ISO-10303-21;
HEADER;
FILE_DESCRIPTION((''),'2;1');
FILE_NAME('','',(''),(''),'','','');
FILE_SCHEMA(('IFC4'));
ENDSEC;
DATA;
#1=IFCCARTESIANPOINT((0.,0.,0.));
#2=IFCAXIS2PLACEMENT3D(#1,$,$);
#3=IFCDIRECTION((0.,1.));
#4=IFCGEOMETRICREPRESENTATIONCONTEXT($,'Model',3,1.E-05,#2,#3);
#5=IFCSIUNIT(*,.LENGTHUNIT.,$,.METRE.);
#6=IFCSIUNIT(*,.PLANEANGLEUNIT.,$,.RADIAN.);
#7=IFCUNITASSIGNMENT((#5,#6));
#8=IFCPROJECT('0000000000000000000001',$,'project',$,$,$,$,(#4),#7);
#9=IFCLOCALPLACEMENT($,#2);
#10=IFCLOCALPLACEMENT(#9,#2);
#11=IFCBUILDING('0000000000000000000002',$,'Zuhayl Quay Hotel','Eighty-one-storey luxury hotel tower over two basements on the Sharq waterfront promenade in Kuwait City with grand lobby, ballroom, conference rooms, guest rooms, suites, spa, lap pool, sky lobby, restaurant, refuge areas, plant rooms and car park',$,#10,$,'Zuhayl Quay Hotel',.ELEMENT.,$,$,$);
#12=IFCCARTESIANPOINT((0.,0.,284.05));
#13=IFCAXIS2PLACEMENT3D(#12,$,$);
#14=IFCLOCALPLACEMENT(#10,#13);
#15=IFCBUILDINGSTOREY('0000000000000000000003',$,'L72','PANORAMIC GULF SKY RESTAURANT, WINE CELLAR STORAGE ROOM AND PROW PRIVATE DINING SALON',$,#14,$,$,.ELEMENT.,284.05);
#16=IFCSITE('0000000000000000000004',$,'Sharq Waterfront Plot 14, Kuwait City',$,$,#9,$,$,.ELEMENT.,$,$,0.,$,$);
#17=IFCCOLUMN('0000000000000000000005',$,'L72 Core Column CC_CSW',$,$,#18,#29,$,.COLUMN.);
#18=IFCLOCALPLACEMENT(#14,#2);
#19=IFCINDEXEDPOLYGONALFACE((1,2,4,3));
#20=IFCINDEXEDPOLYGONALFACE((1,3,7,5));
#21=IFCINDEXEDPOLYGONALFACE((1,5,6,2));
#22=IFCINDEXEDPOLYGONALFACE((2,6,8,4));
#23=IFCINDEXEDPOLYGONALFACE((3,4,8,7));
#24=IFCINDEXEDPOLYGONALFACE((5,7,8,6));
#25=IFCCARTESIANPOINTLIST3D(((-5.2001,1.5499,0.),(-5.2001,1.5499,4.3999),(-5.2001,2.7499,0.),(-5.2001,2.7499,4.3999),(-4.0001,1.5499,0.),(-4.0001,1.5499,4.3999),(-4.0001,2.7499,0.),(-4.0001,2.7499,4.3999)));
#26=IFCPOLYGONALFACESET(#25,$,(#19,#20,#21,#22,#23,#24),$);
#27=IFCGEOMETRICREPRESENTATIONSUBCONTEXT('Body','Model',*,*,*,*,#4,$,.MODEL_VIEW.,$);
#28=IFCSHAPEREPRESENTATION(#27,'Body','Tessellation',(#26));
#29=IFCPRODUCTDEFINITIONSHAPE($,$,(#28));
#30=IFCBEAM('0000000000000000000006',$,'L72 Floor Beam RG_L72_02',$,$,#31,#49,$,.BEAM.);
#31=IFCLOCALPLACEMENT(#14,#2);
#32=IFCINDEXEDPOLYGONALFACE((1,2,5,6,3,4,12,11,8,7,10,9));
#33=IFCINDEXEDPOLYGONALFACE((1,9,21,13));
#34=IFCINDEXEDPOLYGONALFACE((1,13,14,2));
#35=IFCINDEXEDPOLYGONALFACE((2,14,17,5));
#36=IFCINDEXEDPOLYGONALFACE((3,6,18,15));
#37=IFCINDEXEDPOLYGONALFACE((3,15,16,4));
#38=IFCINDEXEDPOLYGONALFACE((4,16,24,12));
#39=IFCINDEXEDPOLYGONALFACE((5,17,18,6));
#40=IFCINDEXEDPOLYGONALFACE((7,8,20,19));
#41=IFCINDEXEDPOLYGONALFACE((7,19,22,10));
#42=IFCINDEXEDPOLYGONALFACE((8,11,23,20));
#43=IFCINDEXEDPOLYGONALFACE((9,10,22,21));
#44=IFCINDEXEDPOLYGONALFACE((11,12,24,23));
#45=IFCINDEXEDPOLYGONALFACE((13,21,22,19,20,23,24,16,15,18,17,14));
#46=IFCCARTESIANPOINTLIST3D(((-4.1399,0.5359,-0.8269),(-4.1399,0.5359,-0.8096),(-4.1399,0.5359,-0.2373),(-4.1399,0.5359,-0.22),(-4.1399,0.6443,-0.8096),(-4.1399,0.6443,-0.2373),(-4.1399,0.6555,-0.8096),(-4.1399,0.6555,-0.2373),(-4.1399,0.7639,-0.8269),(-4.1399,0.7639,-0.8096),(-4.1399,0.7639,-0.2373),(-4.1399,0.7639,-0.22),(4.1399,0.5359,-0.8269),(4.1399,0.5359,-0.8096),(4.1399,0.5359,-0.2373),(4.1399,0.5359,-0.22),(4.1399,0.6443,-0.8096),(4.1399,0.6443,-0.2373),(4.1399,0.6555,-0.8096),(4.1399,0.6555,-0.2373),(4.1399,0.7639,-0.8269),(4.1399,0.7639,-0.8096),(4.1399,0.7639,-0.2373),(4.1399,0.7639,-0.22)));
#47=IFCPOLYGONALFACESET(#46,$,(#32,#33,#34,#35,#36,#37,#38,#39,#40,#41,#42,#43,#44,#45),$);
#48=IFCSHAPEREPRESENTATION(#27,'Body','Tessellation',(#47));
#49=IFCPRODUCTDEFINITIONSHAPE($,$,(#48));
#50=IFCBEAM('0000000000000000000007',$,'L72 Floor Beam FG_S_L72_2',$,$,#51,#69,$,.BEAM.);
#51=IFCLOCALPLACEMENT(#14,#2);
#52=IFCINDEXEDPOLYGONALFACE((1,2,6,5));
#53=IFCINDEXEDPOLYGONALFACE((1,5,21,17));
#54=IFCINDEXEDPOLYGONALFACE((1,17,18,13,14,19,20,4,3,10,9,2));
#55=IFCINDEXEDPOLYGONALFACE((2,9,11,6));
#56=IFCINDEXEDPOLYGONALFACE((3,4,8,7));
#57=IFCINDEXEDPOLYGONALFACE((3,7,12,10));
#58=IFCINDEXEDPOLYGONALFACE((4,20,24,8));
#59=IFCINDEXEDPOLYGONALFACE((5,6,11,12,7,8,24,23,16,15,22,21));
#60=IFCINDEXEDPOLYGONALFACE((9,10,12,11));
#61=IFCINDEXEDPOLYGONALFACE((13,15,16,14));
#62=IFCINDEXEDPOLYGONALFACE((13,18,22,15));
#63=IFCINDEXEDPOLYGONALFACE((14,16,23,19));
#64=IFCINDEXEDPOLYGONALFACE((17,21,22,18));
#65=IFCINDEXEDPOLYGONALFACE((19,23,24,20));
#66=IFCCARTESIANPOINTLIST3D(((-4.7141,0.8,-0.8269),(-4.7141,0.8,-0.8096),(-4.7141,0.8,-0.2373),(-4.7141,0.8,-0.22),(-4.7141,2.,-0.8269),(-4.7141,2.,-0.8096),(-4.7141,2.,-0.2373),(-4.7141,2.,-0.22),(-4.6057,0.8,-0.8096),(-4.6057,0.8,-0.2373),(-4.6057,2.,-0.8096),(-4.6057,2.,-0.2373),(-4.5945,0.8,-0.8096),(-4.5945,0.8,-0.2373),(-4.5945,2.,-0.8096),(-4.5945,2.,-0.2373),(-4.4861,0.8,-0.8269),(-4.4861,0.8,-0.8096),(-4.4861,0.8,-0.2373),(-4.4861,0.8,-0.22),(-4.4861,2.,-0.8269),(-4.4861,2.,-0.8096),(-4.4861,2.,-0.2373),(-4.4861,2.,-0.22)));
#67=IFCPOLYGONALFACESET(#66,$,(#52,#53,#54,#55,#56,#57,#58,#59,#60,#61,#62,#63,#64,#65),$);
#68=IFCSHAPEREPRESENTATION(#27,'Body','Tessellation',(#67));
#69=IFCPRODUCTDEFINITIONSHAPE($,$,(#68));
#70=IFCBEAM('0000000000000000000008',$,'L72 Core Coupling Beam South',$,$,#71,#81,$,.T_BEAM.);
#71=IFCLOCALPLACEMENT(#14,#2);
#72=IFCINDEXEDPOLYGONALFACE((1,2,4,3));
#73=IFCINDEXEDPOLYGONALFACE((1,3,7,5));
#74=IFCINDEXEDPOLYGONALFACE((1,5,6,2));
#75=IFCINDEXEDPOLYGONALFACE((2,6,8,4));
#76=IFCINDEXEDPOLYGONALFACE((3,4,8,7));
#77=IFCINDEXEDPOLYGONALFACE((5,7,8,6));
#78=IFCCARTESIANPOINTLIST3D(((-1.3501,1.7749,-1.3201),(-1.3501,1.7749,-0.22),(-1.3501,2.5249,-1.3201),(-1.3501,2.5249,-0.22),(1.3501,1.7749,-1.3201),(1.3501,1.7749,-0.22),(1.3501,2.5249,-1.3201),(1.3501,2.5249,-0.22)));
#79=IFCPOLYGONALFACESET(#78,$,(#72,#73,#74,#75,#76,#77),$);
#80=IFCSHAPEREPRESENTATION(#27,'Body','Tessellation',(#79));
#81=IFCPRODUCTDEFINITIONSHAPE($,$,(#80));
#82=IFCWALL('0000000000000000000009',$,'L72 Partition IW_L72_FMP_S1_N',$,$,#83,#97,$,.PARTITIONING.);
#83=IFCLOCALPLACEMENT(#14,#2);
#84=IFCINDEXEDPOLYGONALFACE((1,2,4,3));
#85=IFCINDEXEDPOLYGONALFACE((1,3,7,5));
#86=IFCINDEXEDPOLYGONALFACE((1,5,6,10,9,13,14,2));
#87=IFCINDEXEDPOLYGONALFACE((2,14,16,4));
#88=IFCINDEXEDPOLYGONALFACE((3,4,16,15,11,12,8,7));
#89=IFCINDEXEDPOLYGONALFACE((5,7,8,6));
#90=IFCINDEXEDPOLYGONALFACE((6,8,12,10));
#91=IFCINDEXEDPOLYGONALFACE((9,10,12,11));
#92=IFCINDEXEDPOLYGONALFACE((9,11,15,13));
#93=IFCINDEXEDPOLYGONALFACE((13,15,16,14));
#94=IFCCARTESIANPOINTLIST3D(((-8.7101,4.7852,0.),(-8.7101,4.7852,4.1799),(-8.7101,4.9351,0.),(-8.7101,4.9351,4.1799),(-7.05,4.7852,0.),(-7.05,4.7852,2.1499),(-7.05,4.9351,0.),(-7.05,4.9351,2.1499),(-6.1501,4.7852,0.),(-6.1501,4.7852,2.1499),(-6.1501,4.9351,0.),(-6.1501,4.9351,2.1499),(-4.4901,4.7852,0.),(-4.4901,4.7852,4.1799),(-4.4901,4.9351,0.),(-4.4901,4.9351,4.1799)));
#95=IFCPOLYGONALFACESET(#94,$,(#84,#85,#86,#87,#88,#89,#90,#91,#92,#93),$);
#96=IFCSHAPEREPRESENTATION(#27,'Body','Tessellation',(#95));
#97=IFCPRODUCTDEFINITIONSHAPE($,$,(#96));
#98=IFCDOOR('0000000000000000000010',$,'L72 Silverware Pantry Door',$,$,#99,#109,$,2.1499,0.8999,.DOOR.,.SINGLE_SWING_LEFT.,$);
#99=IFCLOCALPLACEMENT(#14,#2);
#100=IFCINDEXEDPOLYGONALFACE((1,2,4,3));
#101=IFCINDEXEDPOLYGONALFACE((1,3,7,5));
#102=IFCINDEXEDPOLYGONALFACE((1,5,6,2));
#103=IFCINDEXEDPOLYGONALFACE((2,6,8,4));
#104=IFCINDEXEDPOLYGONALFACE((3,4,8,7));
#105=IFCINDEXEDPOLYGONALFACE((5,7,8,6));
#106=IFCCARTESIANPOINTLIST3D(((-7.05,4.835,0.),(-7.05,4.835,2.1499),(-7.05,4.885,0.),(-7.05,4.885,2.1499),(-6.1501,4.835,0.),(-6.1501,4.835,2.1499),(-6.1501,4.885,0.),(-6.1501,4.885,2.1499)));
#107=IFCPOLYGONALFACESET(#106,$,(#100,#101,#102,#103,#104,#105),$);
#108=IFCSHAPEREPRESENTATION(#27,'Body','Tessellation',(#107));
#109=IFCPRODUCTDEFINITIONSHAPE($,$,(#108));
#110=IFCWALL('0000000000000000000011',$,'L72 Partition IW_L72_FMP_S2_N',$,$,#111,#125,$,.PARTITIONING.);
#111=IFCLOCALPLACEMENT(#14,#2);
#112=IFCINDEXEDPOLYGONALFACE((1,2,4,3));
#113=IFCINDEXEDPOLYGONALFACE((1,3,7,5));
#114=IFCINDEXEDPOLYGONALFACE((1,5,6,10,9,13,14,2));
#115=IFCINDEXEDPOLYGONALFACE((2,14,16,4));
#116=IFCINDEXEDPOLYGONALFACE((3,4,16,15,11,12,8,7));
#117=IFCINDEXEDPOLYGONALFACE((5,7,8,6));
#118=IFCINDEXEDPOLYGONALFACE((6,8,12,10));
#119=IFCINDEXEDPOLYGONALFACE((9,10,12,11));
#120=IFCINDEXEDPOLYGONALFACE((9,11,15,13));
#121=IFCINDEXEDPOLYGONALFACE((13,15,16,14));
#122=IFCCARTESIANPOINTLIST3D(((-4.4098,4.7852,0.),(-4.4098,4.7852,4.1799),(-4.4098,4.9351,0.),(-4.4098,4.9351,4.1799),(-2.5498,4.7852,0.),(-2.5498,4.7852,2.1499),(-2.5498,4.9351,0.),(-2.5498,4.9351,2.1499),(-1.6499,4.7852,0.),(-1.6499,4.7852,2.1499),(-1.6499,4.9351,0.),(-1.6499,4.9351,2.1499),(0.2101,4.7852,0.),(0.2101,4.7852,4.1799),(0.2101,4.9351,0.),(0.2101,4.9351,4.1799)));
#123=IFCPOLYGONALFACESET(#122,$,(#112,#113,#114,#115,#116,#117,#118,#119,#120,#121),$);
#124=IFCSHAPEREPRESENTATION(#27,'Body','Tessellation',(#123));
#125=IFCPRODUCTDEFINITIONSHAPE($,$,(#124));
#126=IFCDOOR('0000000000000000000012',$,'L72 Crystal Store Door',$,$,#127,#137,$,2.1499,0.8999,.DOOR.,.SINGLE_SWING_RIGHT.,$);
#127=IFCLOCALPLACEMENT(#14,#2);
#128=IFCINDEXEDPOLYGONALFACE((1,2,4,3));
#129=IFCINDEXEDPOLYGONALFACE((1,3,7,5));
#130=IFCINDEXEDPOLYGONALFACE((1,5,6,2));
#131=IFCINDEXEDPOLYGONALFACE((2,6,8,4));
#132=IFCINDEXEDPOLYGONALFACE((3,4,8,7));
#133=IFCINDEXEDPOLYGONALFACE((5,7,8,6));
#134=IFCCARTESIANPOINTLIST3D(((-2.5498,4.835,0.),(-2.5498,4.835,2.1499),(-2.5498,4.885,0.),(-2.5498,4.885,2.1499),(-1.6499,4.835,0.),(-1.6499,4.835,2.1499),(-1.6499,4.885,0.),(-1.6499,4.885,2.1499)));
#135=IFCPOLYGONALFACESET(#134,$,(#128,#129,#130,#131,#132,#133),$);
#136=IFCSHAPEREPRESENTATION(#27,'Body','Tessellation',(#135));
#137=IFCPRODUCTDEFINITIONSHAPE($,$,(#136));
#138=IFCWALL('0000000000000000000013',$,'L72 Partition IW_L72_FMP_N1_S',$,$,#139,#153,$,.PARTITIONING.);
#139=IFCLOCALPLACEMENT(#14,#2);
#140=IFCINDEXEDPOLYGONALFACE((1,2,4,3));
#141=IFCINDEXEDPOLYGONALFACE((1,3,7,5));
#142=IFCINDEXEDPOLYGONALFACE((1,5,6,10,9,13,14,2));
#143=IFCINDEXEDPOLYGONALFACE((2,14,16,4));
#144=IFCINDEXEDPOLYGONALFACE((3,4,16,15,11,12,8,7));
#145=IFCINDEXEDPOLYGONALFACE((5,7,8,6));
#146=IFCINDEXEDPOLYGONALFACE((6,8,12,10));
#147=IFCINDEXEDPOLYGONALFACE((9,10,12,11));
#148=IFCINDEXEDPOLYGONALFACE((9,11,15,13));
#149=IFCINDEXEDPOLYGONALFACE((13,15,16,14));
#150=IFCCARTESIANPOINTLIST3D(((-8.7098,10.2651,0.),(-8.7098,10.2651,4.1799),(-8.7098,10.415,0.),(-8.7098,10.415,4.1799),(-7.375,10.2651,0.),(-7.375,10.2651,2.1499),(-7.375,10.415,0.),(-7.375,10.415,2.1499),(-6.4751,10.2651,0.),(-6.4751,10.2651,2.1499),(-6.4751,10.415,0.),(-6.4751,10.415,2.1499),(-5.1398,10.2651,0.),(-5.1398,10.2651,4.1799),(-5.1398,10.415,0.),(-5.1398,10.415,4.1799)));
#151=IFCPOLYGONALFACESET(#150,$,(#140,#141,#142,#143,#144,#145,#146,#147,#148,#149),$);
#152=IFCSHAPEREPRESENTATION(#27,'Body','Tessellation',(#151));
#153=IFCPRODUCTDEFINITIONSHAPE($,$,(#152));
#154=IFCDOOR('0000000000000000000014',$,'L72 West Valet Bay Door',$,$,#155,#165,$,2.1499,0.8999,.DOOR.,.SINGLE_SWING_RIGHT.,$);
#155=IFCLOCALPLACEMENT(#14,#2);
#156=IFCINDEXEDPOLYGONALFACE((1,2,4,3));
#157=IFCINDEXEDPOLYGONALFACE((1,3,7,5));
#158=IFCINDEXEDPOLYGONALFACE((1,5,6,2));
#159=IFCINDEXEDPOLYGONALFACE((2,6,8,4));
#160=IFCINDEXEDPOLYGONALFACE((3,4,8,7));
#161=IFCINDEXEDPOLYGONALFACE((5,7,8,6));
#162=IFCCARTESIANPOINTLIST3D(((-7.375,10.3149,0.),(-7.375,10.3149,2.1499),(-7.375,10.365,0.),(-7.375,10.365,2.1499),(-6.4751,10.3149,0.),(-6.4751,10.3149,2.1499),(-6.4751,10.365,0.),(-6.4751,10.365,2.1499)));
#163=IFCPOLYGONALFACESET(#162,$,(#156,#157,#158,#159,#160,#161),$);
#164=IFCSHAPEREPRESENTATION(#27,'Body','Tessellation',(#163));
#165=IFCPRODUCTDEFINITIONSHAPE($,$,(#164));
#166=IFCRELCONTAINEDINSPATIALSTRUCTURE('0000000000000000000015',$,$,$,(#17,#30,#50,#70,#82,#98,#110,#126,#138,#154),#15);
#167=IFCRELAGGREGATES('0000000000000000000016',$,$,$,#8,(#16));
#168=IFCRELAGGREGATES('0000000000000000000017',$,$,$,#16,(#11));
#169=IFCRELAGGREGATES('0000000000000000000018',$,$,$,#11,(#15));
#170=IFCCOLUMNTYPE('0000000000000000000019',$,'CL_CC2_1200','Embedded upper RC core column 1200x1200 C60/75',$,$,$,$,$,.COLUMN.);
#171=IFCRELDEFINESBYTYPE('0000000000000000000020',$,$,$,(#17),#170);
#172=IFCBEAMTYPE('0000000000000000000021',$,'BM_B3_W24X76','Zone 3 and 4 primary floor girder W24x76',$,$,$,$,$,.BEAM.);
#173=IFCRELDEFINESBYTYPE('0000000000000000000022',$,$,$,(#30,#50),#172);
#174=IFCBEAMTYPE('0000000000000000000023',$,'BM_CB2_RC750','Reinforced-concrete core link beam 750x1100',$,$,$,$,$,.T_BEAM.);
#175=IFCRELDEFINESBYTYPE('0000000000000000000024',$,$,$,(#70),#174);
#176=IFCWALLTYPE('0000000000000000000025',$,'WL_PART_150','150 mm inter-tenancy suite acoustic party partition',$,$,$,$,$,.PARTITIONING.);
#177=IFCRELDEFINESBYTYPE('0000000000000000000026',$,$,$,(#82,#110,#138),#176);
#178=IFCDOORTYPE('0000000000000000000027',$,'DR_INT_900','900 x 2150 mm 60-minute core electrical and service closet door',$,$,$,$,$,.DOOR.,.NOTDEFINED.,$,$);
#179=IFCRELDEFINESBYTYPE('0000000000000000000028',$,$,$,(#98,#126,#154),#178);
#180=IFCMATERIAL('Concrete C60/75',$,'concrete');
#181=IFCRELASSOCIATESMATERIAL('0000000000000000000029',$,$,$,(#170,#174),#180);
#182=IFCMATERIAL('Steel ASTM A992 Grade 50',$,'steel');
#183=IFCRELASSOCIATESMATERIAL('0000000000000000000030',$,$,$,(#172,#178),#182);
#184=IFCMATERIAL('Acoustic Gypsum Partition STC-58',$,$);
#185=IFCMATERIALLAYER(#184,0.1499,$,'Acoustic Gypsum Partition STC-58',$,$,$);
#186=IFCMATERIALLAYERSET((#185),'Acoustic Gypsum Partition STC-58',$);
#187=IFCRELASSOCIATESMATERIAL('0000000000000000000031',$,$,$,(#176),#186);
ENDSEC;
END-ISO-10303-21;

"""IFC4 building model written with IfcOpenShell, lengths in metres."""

from ifc_helpers import new_model, si_unit, direction, frame, frame_2d, origin, origin_2d, place, context, subcontext, project, spatial, rectangle, i_section, extrude, material, layer, layer_set, material_profile, profile_set, type_object, element, fill, save


model = new_model("IFC4")

# Units and contexts
model_context = context("Model", 3, precision=1e-05, world=origin(), true_north=direction((0.0, 1.0)))
body_context = subcontext(model_context, "Body", "Model", "MODEL_VIEW")
ifc_project = project(units=[si_unit("LENGTHUNIT", "METRE"), si_unit("PLANEANGLEUNIT", "RADIAN")], contexts=[model_context])

# Site, building, storey
site_placement = place(None, origin())
site = spatial("IfcSite", under=ifc_project, at=site_placement, Name="Sharq Waterfront Plot 14, Kuwait City", CompositionType="ELEMENT", RefElevation=0.0)
building_placement = place(site_placement, origin())
building = spatial("IfcBuilding", under=site, at=building_placement, Name="Zuhayl Quay Hotel", Description="Eighty-one-storey luxury hotel tower over two basements on the Sharq waterfront promenade in Kuwait City with grand lobby, ballroom, conference rooms, guest rooms, suites, spa, lap pool, sky lobby, restaurant, refuge areas, plant rooms and car park", LongName="Zuhayl Quay Hotel", CompositionType="ELEMENT")
storey_placement = place(building_placement, frame((0.0, 0.0, 284.05)))
storey = spatial("IfcBuildingStorey", under=building, at=storey_placement, Name="L72", Description="PANORAMIC GULF SKY RESTAURANT, WINE CELLAR STORAGE ROOM AND PROW PRIVATE DINING SALON", CompositionType="ELEMENT", Elevation=284.05)

# Column
ifc_material_1 = material(Name="Concrete C60/75", Category="concrete")
ifc_material_profile_1 = material_profile(ifc_material_1, rectangle(XDim=1.2, YDim=1.2, at=origin_2d()), Name="RC1200X1200")
ifc_profile_set_1 = profile_set([ifc_material_profile_1], Name="Concrete C60/75")
column_type = type_object("IfcColumnType", Name="CL_CC2_1200", Description="Embedded upper RC core column 1200x1200 C60/75", PredefinedType="COLUMN", material=ifc_profile_set_1)
column_placement = place(storey_placement, frame((-4.6001, 2.1499, 0.0), z_axis=(0.0, 0.0, 1.0), x_axis=(1.0, 0.0, 0.0)))
element("IfcColumn", 1, at=column_placement, inside=storey, type_object=column_type, Name="L72 Core Column CC_CSW", PredefinedType="COLUMN", context=body_context, shape_type="SweptSolid", body=[
    extrude(rectangle(XDim=1.2, YDim=1.2, at=origin_2d()), origin(), (0.0, 0.0, 1.0), 4.3999),
])

# Beams
ifc_material_2 = material(Name="Steel ASTM A992 Grade 50", Category="steel")
ifc_material_profile_2 = material_profile(ifc_material_2, i_section(OverallWidth=0.228, OverallDepth=0.6069, WebThickness=0.0112, FlangeThickness=0.0173, at=origin_2d()), Name="W24X76")
ifc_profile_set_2 = profile_set([ifc_material_profile_2], Name="Steel ASTM A992 Grade 50")
beam_type_1 = type_object("IfcBeamType", Name="BM_B3_W24X76", Description="Zone 3 and 4 primary floor girder W24x76", PredefinedType="BEAM", material=ifc_profile_set_2)
beam_1_placement = place(storey_placement, frame((-4.1399, 0.6499, -0.5234), z_axis=(1.0, 0.0, 0.0), x_axis=(0.0, 1.0, 0.0)))
element("IfcBeam", 2, at=beam_1_placement, inside=storey, type_object=beam_type_1, Name="L72 Floor Beam RG_L72_02", PredefinedType="BEAM", context=body_context, shape_type="SweptSolid", body=[
    extrude(i_section(OverallWidth=0.228, OverallDepth=0.6069, WebThickness=0.0112, FlangeThickness=0.0173, at=origin_2d()), origin(), (0.0, 0.0, 1.0), 8.2798),
])
beam_2_placement = place(storey_placement, frame((-4.6001, 0.8, -0.5234), z_axis=(0.0, 1.0, 0.0), x_axis=(-1.0, 0.0, 0.0)))
element("IfcBeam", 3, at=beam_2_placement, inside=storey, type_object=beam_type_1, Name="L72 Floor Beam FG_S_L72_2", PredefinedType="BEAM", context=body_context, shape_type="SweptSolid", body=[
    extrude(i_section(OverallWidth=0.228, OverallDepth=0.6069, WebThickness=0.0112, FlangeThickness=0.0173, at=origin_2d()), origin(), (0.0, 0.0, 1.0), 1.2),
])
ifc_material_profile_3 = material_profile(ifc_material_1, rectangle(XDim=0.75, YDim=1.1001, at=origin_2d()), Name="RC750X1100")
ifc_profile_set_3 = profile_set([ifc_material_profile_3], Name="Concrete C60/75")
beam_type_2 = type_object("IfcBeamType", Name="BM_CB2_RC750", Description="Reinforced-concrete core link beam 750x1100", PredefinedType="T_BEAM", material=ifc_profile_set_3)
beam_3_placement = place(storey_placement, frame((-1.3501, 2.1499, -0.77), z_axis=(1.0, 0.0, 0.0), x_axis=(0.0, 1.0, 0.0)))
element("IfcBeam", 4, at=beam_3_placement, inside=storey, type_object=beam_type_2, Name="L72 Core Coupling Beam South", PredefinedType="T_BEAM", context=body_context, shape_type="SweptSolid", body=[
    extrude(rectangle(XDim=0.75, YDim=1.1001, at=origin_2d()), origin(), (0.0, 0.0, 1.0), 2.7002),
])

# Walls, openings, doors
ifc_material_3 = material(Name="Acoustic Gypsum Partition STC-58")
ifc_layer_1 = layer(ifc_material_3, 0.1499, Name="Acoustic Gypsum Partition STC-58")
ifc_layer_set_1 = layer_set([ifc_layer_1], Name="Acoustic Gypsum Partition STC-58")
wall_type_1 = type_object("IfcWallType", Name="WL_PART_150", Description="150 mm inter-tenancy suite acoustic party partition", PredefinedType="PARTITIONING", material=ifc_layer_set_1)
wall_1_placement = place(storey_placement, frame((-8.71, 4.8601, 0.0), z_axis=(0.0, 0.0, 1.0), x_axis=(1.0, 0.0, 0.0)))
wall_1 = element("IfcWall", 5, at=wall_1_placement, inside=storey, type_object=wall_type_1, Name="L72 Partition IW_L72_FMP_S1_N", PredefinedType="PARTITIONING", context=body_context, shape_type="SweptSolid", body=[
    extrude(rectangle(XDim=4.22, YDim=0.1499, at=frame_2d((2.1099, 0.0))), origin(), (0.0, 0.0, 1.0), 4.1799),
])
opening_1_placement = place(wall_1_placement, frame((1.6599, 0.0, 0.0)))
opening_1 = element("IfcOpeningElement", 6, at=opening_1_placement, cuts=wall_1, PredefinedType="OPENING", context=body_context, shape_type="SweptSolid", body=[
    extrude(rectangle(XDim=0.8999, YDim=2.1499, at=frame_2d((0.45, 1.075))), frame((0.0, 0.085, 0.0), z_axis=(0.0, -1.0, 0.0), x_axis=(1.0, 0.0, 0.0)), (0.0, 0.0, 1.0), 0.1699),
])
door_type = type_object("IfcDoorType", Name="DR_INT_900", Description="900 x 2150 mm 60-minute core electrical and service closet door", OperationType="NOTDEFINED", PredefinedType="DOOR", material=ifc_material_2)
door_1_placement = place(opening_1_placement, origin())
door_1 = element("IfcDoor", 7, at=door_1_placement, inside=storey, type_object=door_type, Name="L72 Silverware Pantry Door", OperationType="SINGLE_SWING_LEFT", OverallHeight=2.1499, OverallWidth=0.8999, PredefinedType="DOOR", context=body_context, shape_type="SweptSolid", body=[
    extrude(rectangle(XDim=0.8999, YDim=2.1499, at=frame_2d((0.45, 1.075))), frame((0.0, 0.0249, 0.0), z_axis=(0.0, -1.0, 0.0), x_axis=(1.0, 0.0, 0.0)), (0.0, 0.0, 1.0), 0.05),
])
fill(opening_1, door_1)
wall_2_placement = place(storey_placement, frame((-4.4099, 4.8601, 0.0), z_axis=(0.0, 0.0, 1.0), x_axis=(1.0, 0.0, 0.0)))
wall_2 = element("IfcWall", 8, at=wall_2_placement, inside=storey, type_object=wall_type_1, Name="L72 Partition IW_L72_FMP_S2_N", PredefinedType="PARTITIONING", context=body_context, shape_type="SweptSolid", body=[
    extrude(rectangle(XDim=4.6199, YDim=0.1499, at=frame_2d((2.3101, 0.0))), origin(), (0.0, 0.0, 1.0), 4.1799),
])
opening_2_placement = place(wall_2_placement, frame((1.8601, 0.0, 0.0)))
opening_2 = element("IfcOpeningElement", 9, at=opening_2_placement, cuts=wall_2, PredefinedType="OPENING", context=body_context, shape_type="SweptSolid", body=[
    extrude(rectangle(XDim=0.8999, YDim=2.1499, at=frame_2d((0.45, 1.075))), frame((0.0, 0.085, 0.0), z_axis=(0.0, -1.0, 0.0), x_axis=(1.0, 0.0, 0.0)), (0.0, 0.0, 1.0), 0.1699),
])
door_2_placement = place(opening_2_placement, origin())
door_2 = element("IfcDoor", 10, at=door_2_placement, inside=storey, type_object=door_type, Name="L72 Crystal Store Door", OperationType="SINGLE_SWING_RIGHT", OverallHeight=2.1499, OverallWidth=0.8999, PredefinedType="DOOR", context=body_context, shape_type="SweptSolid", body=[
    extrude(rectangle(XDim=0.8999, YDim=2.1499, at=frame_2d((0.45, 1.075))), frame((0.0, 0.0249, 0.0), z_axis=(0.0, -1.0, 0.0), x_axis=(1.0, 0.0, 0.0)), (0.0, 0.0, 1.0), 0.05),
])
fill(opening_2, door_2)
wall_3_placement = place(storey_placement, frame((-8.71, 10.3401, 0.0), z_axis=(0.0, 0.0, 1.0), x_axis=(1.0, 0.0, 0.0)))
wall_3 = element("IfcWall", 11, at=wall_3_placement, inside=storey, type_object=wall_type_1, Name="L72 Partition IW_L72_FMP_N1_S", PredefinedType="PARTITIONING", context=body_context, shape_type="SweptSolid", body=[
    extrude(rectangle(XDim=3.5701, YDim=0.1499, at=frame_2d((1.7852, 0.0))), origin(), (0.0, 0.0, 1.0), 4.1799),
])
opening_3_placement = place(wall_3_placement, frame((1.335, 0.0, 0.0)))
opening_3 = element("IfcOpeningElement", 12, at=opening_3_placement, cuts=wall_3, PredefinedType="OPENING", context=body_context, shape_type="SweptSolid", body=[
    extrude(rectangle(XDim=0.8999, YDim=2.1499, at=frame_2d((0.45, 1.075))), frame((0.0, 0.085, 0.0), z_axis=(0.0, -1.0, 0.0), x_axis=(1.0, 0.0, 0.0)), (0.0, 0.0, 1.0), 0.1699),
])
door_3_placement = place(opening_3_placement, origin())
door_3 = element("IfcDoor", 13, at=door_3_placement, inside=storey, type_object=door_type, Name="L72 West Valet Bay Door", OperationType="SINGLE_SWING_RIGHT", OverallHeight=2.1499, OverallWidth=0.8999, PredefinedType="DOOR", context=body_context, shape_type="SweptSolid", body=[
    extrude(rectangle(XDim=0.8999, YDim=2.1499, at=frame_2d((0.45, 1.075))), frame((0.0, 0.0249, 0.0), z_axis=(0.0, -1.0, 0.0), x_axis=(1.0, 0.0, 0.0)), (0.0, 0.0, 1.0), 0.05),
])
fill(opening_3, door_3)

save(model, "model.ifc")
